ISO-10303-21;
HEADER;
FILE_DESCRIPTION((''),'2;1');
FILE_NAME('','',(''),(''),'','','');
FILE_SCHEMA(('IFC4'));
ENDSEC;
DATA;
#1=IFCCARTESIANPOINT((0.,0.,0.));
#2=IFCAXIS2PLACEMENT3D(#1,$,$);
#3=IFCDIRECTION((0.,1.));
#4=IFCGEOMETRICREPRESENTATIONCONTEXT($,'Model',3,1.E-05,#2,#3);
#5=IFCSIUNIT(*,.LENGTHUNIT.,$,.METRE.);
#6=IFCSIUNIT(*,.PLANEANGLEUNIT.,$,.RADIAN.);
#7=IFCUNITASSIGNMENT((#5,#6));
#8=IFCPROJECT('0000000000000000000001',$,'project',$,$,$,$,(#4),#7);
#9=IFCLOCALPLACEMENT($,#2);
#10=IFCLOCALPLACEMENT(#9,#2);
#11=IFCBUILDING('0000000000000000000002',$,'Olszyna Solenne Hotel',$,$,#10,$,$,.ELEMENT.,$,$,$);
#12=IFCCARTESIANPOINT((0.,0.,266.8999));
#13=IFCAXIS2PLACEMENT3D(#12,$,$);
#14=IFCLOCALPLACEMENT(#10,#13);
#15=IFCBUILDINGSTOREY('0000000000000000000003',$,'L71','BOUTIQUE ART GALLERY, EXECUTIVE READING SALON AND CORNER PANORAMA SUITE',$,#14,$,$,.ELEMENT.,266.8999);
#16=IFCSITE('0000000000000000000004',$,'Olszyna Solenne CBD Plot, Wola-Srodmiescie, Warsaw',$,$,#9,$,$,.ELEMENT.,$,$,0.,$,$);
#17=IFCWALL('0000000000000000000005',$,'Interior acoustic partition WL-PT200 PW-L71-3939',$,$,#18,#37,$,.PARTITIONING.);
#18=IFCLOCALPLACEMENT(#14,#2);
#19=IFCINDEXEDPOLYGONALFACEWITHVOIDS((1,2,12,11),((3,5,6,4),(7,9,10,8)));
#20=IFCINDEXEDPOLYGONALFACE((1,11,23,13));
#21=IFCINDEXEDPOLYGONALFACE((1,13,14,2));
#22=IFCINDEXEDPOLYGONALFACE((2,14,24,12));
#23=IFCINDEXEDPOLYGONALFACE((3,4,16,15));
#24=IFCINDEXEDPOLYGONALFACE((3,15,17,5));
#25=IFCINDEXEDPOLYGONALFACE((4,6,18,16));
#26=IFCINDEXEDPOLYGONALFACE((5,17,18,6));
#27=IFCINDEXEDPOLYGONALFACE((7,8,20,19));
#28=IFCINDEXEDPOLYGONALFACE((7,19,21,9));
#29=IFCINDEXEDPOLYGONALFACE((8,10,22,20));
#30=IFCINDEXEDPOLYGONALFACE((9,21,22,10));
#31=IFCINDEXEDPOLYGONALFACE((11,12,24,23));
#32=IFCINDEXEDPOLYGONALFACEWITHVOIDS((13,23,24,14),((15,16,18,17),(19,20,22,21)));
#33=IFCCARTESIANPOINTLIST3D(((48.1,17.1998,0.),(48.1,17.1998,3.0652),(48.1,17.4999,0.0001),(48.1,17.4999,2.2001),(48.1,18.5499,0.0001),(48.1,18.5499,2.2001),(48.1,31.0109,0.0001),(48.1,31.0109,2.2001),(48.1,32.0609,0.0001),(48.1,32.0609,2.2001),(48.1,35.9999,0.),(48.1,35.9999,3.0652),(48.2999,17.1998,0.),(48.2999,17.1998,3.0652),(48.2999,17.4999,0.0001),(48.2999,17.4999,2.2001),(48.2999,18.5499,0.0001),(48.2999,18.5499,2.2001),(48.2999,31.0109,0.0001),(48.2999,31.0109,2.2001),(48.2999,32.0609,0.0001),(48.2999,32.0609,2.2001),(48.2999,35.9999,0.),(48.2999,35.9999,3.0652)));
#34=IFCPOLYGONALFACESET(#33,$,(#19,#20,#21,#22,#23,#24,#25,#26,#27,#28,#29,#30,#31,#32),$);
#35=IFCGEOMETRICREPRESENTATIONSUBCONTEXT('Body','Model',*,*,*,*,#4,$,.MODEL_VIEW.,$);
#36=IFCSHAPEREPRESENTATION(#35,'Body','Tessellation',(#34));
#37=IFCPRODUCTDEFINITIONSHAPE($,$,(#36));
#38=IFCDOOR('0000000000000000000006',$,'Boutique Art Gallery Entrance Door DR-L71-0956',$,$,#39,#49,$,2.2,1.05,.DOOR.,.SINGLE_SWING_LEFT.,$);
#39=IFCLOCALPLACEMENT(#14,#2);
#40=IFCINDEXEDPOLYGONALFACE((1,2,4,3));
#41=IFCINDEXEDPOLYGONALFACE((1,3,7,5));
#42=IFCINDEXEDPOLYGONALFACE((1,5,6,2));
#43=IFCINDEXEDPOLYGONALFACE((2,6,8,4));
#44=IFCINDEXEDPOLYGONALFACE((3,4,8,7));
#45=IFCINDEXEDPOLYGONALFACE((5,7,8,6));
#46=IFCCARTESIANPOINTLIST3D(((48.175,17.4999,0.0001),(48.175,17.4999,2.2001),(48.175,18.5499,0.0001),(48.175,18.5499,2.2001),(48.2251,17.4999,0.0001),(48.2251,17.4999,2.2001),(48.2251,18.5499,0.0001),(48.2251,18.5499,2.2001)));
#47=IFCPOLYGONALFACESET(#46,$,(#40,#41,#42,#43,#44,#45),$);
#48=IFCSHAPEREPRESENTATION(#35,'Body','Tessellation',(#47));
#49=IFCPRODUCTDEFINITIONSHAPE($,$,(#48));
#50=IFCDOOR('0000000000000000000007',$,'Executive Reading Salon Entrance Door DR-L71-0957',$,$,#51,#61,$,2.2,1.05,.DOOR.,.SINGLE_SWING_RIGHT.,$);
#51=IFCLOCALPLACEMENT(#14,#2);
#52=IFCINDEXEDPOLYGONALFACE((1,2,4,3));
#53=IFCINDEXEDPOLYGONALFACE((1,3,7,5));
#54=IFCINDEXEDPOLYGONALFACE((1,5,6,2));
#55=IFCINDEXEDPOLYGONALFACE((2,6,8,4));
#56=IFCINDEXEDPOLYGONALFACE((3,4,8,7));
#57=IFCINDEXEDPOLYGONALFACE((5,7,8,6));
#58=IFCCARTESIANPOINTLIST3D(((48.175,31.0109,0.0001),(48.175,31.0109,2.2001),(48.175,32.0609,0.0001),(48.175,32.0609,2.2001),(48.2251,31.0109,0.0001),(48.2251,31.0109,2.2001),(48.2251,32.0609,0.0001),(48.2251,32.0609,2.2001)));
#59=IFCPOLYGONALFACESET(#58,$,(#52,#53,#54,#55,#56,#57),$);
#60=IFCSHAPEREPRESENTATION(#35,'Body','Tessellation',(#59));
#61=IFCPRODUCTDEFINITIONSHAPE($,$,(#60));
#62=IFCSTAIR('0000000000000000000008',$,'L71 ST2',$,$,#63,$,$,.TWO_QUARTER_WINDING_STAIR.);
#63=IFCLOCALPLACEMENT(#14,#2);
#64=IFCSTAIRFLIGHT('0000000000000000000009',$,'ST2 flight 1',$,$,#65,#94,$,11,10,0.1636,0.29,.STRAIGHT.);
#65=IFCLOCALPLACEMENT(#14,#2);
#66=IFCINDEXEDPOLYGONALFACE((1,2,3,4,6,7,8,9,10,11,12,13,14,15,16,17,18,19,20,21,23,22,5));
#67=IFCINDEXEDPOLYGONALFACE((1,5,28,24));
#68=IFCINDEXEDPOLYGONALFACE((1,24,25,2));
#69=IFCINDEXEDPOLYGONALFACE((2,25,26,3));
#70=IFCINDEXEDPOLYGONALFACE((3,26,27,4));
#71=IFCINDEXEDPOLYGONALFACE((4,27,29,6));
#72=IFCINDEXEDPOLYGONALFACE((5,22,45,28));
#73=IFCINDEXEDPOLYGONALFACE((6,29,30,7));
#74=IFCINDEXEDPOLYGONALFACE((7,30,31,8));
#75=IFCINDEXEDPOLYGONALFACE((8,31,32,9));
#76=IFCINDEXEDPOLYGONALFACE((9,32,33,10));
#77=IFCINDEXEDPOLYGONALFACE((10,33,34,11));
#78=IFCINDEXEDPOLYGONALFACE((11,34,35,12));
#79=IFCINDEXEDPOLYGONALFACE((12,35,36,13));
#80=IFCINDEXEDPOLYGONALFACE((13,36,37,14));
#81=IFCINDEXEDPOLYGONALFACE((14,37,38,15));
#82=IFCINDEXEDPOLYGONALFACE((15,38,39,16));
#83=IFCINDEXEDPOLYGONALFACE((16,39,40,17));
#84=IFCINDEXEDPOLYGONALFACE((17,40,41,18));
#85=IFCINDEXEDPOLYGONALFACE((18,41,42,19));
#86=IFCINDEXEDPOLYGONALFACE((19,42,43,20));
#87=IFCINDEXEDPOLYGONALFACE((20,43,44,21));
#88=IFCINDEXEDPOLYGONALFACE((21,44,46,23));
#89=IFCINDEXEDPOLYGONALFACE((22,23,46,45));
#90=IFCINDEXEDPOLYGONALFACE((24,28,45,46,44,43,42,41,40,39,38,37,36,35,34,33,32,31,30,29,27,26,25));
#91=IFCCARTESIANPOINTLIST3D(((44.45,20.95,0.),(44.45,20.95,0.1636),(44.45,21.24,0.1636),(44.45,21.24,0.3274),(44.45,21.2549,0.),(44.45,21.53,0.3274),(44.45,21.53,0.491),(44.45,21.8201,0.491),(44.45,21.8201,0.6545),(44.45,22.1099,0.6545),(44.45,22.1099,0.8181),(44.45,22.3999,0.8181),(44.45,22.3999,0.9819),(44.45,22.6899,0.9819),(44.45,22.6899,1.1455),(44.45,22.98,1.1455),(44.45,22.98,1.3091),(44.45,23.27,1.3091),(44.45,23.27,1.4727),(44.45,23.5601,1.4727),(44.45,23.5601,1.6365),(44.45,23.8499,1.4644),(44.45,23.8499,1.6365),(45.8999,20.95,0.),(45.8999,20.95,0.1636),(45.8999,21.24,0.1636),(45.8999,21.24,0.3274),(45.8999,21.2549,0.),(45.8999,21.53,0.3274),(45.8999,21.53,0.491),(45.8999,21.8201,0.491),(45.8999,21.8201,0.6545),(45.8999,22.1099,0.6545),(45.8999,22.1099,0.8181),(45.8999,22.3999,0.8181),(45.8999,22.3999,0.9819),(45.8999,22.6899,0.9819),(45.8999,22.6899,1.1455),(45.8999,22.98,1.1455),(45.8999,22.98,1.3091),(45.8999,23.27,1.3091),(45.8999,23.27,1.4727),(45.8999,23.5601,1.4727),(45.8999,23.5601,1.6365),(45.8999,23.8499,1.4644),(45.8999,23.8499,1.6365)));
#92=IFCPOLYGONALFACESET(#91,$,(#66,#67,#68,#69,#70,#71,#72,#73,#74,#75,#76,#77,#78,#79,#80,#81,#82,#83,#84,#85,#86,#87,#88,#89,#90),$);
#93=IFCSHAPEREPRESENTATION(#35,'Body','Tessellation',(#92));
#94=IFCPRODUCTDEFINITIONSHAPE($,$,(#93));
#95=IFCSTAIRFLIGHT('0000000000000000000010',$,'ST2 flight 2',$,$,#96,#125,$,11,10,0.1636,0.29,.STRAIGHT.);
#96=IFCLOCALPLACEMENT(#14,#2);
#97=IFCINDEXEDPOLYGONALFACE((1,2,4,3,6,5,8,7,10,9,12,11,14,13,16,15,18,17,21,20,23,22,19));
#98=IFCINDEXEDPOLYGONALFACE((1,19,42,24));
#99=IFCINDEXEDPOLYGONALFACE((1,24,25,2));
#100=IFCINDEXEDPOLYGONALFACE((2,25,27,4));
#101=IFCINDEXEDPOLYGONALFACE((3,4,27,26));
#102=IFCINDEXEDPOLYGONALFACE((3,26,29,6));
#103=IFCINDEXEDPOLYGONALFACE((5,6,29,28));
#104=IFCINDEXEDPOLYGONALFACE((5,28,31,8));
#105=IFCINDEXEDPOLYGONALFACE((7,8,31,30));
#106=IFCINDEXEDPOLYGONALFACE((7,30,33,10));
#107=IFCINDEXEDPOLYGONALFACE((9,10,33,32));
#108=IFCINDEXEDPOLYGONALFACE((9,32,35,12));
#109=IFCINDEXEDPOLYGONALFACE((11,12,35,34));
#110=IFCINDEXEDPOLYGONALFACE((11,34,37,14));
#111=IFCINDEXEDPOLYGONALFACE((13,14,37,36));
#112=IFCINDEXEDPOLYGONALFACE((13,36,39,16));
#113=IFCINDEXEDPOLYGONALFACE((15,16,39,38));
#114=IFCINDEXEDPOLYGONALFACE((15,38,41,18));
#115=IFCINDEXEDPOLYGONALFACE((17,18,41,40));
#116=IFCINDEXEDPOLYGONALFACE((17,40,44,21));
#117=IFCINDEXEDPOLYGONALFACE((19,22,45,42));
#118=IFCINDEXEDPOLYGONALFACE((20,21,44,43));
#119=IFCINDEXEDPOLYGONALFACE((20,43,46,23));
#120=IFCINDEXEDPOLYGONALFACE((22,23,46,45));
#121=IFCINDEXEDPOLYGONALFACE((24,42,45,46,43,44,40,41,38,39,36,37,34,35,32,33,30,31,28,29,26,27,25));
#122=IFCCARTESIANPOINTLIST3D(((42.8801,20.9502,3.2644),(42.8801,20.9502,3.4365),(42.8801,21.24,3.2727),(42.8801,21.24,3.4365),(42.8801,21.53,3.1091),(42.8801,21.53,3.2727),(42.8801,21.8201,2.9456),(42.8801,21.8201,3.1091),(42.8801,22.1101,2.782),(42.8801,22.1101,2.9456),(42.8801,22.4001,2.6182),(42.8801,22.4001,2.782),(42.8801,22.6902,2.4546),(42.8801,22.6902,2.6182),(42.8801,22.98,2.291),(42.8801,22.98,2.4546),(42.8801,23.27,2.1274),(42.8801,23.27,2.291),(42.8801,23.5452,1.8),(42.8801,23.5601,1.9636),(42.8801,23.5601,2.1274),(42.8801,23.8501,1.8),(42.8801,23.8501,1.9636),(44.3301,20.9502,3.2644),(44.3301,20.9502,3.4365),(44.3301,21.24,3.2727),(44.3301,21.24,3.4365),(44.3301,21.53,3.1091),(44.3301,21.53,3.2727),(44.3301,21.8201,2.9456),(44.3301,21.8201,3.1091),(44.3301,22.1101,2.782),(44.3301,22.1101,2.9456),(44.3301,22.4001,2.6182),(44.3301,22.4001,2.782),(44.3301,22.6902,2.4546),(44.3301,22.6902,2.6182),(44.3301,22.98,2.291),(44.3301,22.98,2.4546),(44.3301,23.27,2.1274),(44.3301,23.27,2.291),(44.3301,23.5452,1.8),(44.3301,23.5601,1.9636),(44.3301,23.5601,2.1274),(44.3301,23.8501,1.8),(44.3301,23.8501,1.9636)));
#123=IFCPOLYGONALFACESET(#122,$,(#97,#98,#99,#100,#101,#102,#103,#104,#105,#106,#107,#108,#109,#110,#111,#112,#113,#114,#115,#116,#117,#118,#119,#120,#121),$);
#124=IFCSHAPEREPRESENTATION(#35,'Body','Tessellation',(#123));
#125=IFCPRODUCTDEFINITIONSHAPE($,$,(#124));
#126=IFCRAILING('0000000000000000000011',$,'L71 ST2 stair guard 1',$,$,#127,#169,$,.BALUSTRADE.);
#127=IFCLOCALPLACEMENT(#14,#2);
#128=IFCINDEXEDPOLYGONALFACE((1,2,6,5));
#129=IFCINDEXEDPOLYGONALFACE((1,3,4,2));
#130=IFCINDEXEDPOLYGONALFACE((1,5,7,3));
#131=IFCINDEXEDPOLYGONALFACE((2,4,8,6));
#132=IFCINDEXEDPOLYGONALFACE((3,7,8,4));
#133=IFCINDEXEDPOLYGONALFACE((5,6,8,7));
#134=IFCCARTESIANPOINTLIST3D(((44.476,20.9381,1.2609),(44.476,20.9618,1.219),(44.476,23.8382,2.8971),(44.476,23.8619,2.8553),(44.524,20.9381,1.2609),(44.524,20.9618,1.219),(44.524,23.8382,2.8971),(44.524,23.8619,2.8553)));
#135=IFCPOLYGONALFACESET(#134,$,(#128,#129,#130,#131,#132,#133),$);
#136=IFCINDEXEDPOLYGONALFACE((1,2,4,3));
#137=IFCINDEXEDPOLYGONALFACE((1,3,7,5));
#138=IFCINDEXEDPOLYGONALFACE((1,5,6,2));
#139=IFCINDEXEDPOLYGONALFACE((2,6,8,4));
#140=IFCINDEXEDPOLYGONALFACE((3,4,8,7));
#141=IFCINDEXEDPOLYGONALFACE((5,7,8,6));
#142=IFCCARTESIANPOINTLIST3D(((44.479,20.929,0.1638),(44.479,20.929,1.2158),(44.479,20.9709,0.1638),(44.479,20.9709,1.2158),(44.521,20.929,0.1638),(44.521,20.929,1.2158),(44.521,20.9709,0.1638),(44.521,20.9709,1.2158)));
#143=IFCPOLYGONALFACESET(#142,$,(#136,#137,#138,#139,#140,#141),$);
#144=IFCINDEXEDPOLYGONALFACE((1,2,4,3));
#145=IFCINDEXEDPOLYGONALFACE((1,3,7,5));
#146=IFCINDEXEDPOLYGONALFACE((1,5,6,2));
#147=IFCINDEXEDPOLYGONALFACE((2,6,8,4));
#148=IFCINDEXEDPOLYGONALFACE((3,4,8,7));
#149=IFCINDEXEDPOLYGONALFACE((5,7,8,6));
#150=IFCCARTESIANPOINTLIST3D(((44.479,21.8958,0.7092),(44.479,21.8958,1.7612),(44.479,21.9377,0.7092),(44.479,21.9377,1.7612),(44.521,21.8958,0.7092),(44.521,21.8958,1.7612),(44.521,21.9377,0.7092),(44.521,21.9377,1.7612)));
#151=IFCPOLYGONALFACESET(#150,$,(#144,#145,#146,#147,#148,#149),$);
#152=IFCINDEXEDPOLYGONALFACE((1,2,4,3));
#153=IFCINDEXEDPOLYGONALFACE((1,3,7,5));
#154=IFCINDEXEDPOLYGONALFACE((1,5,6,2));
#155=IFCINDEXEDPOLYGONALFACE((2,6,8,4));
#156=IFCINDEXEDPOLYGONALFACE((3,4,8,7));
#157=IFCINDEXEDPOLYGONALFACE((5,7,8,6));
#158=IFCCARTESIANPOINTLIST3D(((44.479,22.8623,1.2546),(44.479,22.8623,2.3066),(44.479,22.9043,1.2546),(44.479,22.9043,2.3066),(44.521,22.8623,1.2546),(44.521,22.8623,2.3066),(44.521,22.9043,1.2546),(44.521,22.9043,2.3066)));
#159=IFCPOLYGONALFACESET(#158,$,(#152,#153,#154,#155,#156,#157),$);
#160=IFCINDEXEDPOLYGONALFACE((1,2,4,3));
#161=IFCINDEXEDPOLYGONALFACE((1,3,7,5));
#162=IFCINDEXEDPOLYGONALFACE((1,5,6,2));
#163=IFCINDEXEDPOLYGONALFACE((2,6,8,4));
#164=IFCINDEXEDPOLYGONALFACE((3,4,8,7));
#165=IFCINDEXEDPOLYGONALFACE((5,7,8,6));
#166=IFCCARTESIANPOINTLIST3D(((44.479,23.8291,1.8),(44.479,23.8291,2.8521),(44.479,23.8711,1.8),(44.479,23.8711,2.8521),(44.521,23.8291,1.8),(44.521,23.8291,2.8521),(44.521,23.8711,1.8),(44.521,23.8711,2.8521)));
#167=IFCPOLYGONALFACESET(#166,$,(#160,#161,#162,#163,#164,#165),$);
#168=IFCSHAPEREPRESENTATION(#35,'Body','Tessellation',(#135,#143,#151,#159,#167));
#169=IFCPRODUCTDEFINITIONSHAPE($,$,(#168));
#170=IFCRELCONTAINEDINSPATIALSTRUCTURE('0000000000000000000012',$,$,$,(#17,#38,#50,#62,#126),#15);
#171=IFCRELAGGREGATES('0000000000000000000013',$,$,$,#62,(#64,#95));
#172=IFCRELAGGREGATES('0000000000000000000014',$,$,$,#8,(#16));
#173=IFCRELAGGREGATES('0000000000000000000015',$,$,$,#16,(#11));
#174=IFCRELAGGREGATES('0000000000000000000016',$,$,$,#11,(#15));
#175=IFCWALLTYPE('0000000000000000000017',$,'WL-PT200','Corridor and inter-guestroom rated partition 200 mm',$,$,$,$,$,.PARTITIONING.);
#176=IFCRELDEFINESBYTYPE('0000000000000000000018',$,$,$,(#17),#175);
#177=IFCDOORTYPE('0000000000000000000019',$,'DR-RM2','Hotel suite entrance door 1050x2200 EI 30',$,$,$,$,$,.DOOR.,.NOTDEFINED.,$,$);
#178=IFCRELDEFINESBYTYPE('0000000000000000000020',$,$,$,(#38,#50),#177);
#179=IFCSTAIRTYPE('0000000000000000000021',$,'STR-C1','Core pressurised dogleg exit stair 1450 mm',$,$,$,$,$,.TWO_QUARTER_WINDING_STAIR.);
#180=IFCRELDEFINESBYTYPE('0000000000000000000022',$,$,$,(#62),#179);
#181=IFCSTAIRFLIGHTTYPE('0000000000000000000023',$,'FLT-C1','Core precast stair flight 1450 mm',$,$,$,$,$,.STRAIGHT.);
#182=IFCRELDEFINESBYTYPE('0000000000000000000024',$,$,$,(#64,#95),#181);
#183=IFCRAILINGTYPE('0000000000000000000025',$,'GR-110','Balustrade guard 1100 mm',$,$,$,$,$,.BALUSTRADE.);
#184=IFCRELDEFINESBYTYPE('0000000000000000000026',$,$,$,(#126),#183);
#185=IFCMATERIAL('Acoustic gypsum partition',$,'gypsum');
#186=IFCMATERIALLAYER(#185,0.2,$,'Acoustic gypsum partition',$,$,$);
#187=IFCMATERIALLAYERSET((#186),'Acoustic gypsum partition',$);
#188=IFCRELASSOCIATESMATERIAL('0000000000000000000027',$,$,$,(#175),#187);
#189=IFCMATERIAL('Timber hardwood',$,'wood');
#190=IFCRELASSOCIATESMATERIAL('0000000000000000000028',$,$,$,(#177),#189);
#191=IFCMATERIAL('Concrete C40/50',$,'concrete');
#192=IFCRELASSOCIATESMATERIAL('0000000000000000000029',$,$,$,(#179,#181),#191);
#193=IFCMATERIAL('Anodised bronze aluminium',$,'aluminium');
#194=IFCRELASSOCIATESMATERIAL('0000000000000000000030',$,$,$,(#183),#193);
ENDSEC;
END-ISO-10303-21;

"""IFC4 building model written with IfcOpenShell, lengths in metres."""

from ifc_helpers import new_model, si_unit, direction, frame, frame_2d, origin, origin_2d, place, context, subcontext, project, spatial, polyline, rectangle, outline, extrude, source, transform, mapped, material, layer, layer_set, type_object, type_shapes, element, fill, aggregate, save


model = new_model("IFC4")

# Units and contexts
model_context = context("Model", 3, precision=1e-05, world=origin(), true_north=direction((0.0, 1.0)))
body_context = subcontext(model_context, "Body", "Model", "MODEL_VIEW")
ifc_project = project(units=[si_unit("LENGTHUNIT", "METRE"), si_unit("PLANEANGLEUNIT", "RADIAN")], contexts=[model_context])

# Site, building, storey
site_placement = place(None, origin())
site = spatial("IfcSite", under=ifc_project, at=site_placement, Name="Olszyna Solenne CBD Plot, Wola-Srodmiescie, Warsaw", CompositionType="ELEMENT", RefElevation=0.0)
building_placement = place(site_placement, origin())
building = spatial("IfcBuilding", under=site, at=building_placement, Name="Olszyna Solenne Hotel", CompositionType="ELEMENT")
storey_placement = place(building_placement, frame((0.0, 0.0, 266.8999)))
storey = spatial("IfcBuildingStorey", under=building, at=storey_placement, Name="L71", Description="BOUTIQUE ART GALLERY, EXECUTIVE READING SALON AND CORNER PANORAMA SUITE", CompositionType="ELEMENT", Elevation=266.8999)

# Shared definitions
ifc_material_1 = material(Name="Anodised bronze aluminium", Category="aluminium")

# Shared definitions
ifc_material_2 = material(Name="Acoustic gypsum partition", Category="gypsum")

# Shared definitions
ifc_material_3 = material(Name="Timber hardwood", Category="wood")

# Shared definitions
ifc_layer_1 = layer(ifc_material_2, 0.2, Name="Acoustic gypsum partition")
ifc_layer_set_1 = layer_set([ifc_layer_1], Name="Acoustic gypsum partition")
wall_type_1 = type_object("IfcWallType", Name="WL-PT200", Description="Corridor and inter-guestroom rated partition 200 mm", PredefinedType="PARTITIONING", material=ifc_layer_set_1)

# Wall, openings, doors
wall_1_placement = place(storey_placement, frame((48.2, 17.2, 0.0), z_axis=(0.0, 0.0, 1.0), x_axis=(0.0, 1.0, 0.0)))
wall_1 = element("IfcWall", 1, at=wall_1_placement, inside=storey, type_object=wall_type_1, Name="Interior acoustic partition WL-PT200 PW-L71-3939", PredefinedType="PARTITIONING", context=body_context, shape_type="SweptSolid", body=[
    extrude(rectangle(XDim=18.8, YDim=0.2, at=frame_2d((9.3999, 0.0))), origin(), (0.0, 0.0, 1.0), 3.0652),
])
opening_1_placement = place(wall_1_placement, frame((0.3, 0.0, 0.0)))
opening_1 = element("IfcOpeningElement", 2, at=opening_1_placement, cuts=wall_1, PredefinedType="OPENING", context=body_context, shape_type="SweptSolid", body=[
    extrude(rectangle(XDim=1.05, YDim=2.2, at=frame_2d((0.5249, 1.1001))), frame((0.0, 0.1099, 0.0), z_axis=(0.0, -1.0, 0.0), x_axis=(1.0, 0.0, 0.0)), (0.0, 0.0, 1.0), 0.22),
])
opening_2_placement = place(wall_1_placement, frame((13.811, 0.0, 0.0)))
opening_2 = element("IfcOpeningElement", 3, at=opening_2_placement, cuts=wall_1, PredefinedType="OPENING", context=body_context, shape_type="SweptSolid", body=[
    extrude(rectangle(XDim=1.05, YDim=2.2, at=frame_2d((0.5249, 1.1001))), frame((0.0, 0.1099, 0.0), z_axis=(0.0, -1.0, 0.0), x_axis=(1.0, 0.0, 0.0)), (0.0, 0.0, 1.0), 0.22),
])
door_type_1 = type_object("IfcDoorType", Name="DR-RM2", Description="Hotel suite entrance door 1050x2200 EI 30", OperationType="NOTDEFINED", PredefinedType="DOOR", material=ifc_material_3)
shared_shape_1 = source(origin(), body_context, "Body", "SweptSolid", [
    extrude(rectangle(XDim=1.05, YDim=2.2, at=frame_2d((0.5249, 1.1001))), frame((0.0, 0.0249, 0.0), z_axis=(0.0, -1.0, 0.0), x_axis=(1.0, 0.0, 0.0)), (0.0, 0.0, 1.0), 0.05),
])
type_shapes(door_type_1, [shared_shape_1])
door_1_placement = place(opening_1_placement, origin())
door_1 = element("IfcDoor", 4, at=door_1_placement, inside=storey, type_object=door_type_1, Name="Boutique Art Gallery Entrance Door DR-L71-0956", OperationType="SINGLE_SWING_LEFT", OverallHeight=2.2, OverallWidth=1.05, PredefinedType="DOOR", context=body_context, shape_type="MappedRepresentation", body=[
    mapped(shared_shape_1, transform((0.0, 0.0, 0.0), x_axis=(1.0, 0.0, 0.0), y_axis=(0.0, 1.0, 0.0), z_axis=(0.0, 0.0, 1.0), scale=1.0)),
])
fill(opening_1, door_1)
door_2_placement = place(opening_2_placement, origin())
door_2 = element("IfcDoor", 5, at=door_2_placement, inside=storey, type_object=door_type_1, Name="Executive Reading Salon Entrance Door DR-L71-0957", OperationType="SINGLE_SWING_RIGHT", OverallHeight=2.2, OverallWidth=1.05, PredefinedType="DOOR", context=body_context, shape_type="MappedRepresentation", body=[
    mapped(shared_shape_1, transform((0.0, 0.0, 0.0), x_axis=(1.0, 0.0, 0.0), y_axis=(0.0, 1.0, 0.0), z_axis=(0.0, 0.0, 1.0), scale=1.0)),
])
fill(opening_2, door_2)

# Stair, stair flights
ifc_material_4 = material(Name="Concrete C40/50", Category="concrete")
stair_type = type_object("IfcStairType", Name="STR-C1", Description="Core pressurised dogleg exit stair 1450 mm", PredefinedType="TWO_QUARTER_WINDING_STAIR", material=ifc_material_4)
stair_placement = place(storey_placement, origin())
stair = element("IfcStair", 6, at=stair_placement, inside=storey, type_object=stair_type, Name="L71 ST2", PredefinedType="TWO_QUARTER_WINDING_STAIR")
stair_flight_type = type_object("IfcStairFlightType", Name="FLT-C1", Description="Core precast stair flight 1450 mm", PredefinedType="STRAIGHT", material=ifc_material_4)
stair_flight_1_placement = place(storey_placement, frame((45.175, 20.95, 0.0), z_axis=(0.0, 0.0, 1.0), x_axis=(0.0, 1.0, 0.0)))
stair_flight_1 = element("IfcStairFlight", 7, at=stair_flight_1_placement, type_object=stair_flight_type, Name="ST2 flight 1", NumberOfRisers=11, NumberOfTreads=10, PredefinedType="STRAIGHT", RiserHeight=0.1636, TreadLength=0.29, context=body_context, shape_type="SweptSolid", body=[
    extrude(outline(polyline([(0.0, 0.0), (0.0, 0.1636), (0.29, 0.1636), (0.29, 0.3274), (0.5801, 0.3274), (0.5801, 0.491), (0.8701, 0.491), (0.8701, 0.6545), (1.1599, 0.6545), (1.1599, 0.8181), (1.45, 0.8181), (1.45, 0.9819), (1.74, 0.9819), (1.74, 1.1455), (2.03, 1.1455), (2.03, 1.3091), (2.3201, 1.3091), (2.3201, 1.4727), (2.6101, 1.4727), (2.6101, 1.6365), (2.8999, 1.6365), (2.8999, 1.8), (2.8999, 1.4644), (0.3049, 0.0), (0.0, 0.0)])), frame((0.0, 0.7251, 0.0), z_axis=(0.0, -1.0, 0.0), x_axis=(1.0, 0.0, 0.0)), (0.0, 0.0, 1.0), 1.45),
])
stair_flight_2_placement = place(storey_placement, frame((43.605, 23.8501, 1.8), z_axis=(0.0, 0.0, 1.0), x_axis=(0.0, -1.0, 0.0)))
stair_flight_2 = element("IfcStairFlight", 8, at=stair_flight_2_placement, type_object=stair_flight_type, Name="ST2 flight 2", NumberOfRisers=11, NumberOfTreads=10, PredefinedType="STRAIGHT", RiserHeight=0.1636, TreadLength=0.29, context=body_context, shape_type="SweptSolid", body=[
    extrude(outline(polyline([(0.0, 0.0), (0.0, 0.1636), (0.29, 0.1636), (0.29, 0.3274), (0.5801, 0.3274), (0.5801, 0.491), (0.8701, 0.491), (0.8701, 0.6545), (1.1599, 0.6545), (1.1599, 0.8181), (1.45, 0.8181), (1.45, 0.9819), (1.74, 0.9819), (1.74, 1.1455), (2.03, 1.1455), (2.03, 1.3091), (2.3201, 1.3091), (2.3201, 1.4727), (2.6101, 1.4727), (2.6101, 1.6365), (2.8999, 1.6365), (2.8999, 1.8), (2.8999, 1.4644), (0.3049, 0.0), (0.0, 0.0)])), frame((0.0, 0.7251, 0.0), z_axis=(0.0, -1.0, 0.0), x_axis=(1.0, 0.0, 0.0)), (0.0, 0.0, 1.0), 1.45),
])
aggregate(stair, [stair_flight_1, stair_flight_2])

# Railing
railing_type_1 = type_object("IfcRailingType", Name="GR-110", Description="Balustrade guard 1100 mm", PredefinedType="BALUSTRADE", material=ifc_material_1)
railing_1_placement = place(storey_placement, frame((44.5, 20.95, 0.1638)))
element("IfcRailing", 9, at=railing_1_placement, inside=storey, type_object=railing_type_1, Name="L71 ST2 stair guard 1", PredefinedType="BALUSTRADE", context=body_context, shape_type="SweptSolid", body=[
    extrude(rectangle(XDim=0.0481, YDim=0.0481, at=origin_2d()), frame((0.0, 0.0, 1.0762), z_axis=(0.0, 0.870946, 0.491378), x_axis=(-1.0, 0.0, 0.0)), (0.0, 0.0, 1.0), 3.3298),
    extrude(rectangle(XDim=0.042, YDim=0.042, at=origin_2d()), origin(), (0.0, 0.0, 1.0), 1.052),
    extrude(rectangle(XDim=0.042, YDim=0.042, at=origin_2d()), frame((0.0, 0.9668, 0.5454)), (0.0, 0.0, 1.0), 1.052),
    extrude(rectangle(XDim=0.042, YDim=0.042, at=origin_2d()), frame((0.0, 1.9333, 1.0908)), (0.0, 0.0, 1.0), 1.052),
    extrude(rectangle(XDim=0.042, YDim=0.042, at=origin_2d()), frame((0.0, 2.9001, 1.6362)), (0.0, 0.0, 1.0), 1.052),
])

save(model, "model.ifc")
